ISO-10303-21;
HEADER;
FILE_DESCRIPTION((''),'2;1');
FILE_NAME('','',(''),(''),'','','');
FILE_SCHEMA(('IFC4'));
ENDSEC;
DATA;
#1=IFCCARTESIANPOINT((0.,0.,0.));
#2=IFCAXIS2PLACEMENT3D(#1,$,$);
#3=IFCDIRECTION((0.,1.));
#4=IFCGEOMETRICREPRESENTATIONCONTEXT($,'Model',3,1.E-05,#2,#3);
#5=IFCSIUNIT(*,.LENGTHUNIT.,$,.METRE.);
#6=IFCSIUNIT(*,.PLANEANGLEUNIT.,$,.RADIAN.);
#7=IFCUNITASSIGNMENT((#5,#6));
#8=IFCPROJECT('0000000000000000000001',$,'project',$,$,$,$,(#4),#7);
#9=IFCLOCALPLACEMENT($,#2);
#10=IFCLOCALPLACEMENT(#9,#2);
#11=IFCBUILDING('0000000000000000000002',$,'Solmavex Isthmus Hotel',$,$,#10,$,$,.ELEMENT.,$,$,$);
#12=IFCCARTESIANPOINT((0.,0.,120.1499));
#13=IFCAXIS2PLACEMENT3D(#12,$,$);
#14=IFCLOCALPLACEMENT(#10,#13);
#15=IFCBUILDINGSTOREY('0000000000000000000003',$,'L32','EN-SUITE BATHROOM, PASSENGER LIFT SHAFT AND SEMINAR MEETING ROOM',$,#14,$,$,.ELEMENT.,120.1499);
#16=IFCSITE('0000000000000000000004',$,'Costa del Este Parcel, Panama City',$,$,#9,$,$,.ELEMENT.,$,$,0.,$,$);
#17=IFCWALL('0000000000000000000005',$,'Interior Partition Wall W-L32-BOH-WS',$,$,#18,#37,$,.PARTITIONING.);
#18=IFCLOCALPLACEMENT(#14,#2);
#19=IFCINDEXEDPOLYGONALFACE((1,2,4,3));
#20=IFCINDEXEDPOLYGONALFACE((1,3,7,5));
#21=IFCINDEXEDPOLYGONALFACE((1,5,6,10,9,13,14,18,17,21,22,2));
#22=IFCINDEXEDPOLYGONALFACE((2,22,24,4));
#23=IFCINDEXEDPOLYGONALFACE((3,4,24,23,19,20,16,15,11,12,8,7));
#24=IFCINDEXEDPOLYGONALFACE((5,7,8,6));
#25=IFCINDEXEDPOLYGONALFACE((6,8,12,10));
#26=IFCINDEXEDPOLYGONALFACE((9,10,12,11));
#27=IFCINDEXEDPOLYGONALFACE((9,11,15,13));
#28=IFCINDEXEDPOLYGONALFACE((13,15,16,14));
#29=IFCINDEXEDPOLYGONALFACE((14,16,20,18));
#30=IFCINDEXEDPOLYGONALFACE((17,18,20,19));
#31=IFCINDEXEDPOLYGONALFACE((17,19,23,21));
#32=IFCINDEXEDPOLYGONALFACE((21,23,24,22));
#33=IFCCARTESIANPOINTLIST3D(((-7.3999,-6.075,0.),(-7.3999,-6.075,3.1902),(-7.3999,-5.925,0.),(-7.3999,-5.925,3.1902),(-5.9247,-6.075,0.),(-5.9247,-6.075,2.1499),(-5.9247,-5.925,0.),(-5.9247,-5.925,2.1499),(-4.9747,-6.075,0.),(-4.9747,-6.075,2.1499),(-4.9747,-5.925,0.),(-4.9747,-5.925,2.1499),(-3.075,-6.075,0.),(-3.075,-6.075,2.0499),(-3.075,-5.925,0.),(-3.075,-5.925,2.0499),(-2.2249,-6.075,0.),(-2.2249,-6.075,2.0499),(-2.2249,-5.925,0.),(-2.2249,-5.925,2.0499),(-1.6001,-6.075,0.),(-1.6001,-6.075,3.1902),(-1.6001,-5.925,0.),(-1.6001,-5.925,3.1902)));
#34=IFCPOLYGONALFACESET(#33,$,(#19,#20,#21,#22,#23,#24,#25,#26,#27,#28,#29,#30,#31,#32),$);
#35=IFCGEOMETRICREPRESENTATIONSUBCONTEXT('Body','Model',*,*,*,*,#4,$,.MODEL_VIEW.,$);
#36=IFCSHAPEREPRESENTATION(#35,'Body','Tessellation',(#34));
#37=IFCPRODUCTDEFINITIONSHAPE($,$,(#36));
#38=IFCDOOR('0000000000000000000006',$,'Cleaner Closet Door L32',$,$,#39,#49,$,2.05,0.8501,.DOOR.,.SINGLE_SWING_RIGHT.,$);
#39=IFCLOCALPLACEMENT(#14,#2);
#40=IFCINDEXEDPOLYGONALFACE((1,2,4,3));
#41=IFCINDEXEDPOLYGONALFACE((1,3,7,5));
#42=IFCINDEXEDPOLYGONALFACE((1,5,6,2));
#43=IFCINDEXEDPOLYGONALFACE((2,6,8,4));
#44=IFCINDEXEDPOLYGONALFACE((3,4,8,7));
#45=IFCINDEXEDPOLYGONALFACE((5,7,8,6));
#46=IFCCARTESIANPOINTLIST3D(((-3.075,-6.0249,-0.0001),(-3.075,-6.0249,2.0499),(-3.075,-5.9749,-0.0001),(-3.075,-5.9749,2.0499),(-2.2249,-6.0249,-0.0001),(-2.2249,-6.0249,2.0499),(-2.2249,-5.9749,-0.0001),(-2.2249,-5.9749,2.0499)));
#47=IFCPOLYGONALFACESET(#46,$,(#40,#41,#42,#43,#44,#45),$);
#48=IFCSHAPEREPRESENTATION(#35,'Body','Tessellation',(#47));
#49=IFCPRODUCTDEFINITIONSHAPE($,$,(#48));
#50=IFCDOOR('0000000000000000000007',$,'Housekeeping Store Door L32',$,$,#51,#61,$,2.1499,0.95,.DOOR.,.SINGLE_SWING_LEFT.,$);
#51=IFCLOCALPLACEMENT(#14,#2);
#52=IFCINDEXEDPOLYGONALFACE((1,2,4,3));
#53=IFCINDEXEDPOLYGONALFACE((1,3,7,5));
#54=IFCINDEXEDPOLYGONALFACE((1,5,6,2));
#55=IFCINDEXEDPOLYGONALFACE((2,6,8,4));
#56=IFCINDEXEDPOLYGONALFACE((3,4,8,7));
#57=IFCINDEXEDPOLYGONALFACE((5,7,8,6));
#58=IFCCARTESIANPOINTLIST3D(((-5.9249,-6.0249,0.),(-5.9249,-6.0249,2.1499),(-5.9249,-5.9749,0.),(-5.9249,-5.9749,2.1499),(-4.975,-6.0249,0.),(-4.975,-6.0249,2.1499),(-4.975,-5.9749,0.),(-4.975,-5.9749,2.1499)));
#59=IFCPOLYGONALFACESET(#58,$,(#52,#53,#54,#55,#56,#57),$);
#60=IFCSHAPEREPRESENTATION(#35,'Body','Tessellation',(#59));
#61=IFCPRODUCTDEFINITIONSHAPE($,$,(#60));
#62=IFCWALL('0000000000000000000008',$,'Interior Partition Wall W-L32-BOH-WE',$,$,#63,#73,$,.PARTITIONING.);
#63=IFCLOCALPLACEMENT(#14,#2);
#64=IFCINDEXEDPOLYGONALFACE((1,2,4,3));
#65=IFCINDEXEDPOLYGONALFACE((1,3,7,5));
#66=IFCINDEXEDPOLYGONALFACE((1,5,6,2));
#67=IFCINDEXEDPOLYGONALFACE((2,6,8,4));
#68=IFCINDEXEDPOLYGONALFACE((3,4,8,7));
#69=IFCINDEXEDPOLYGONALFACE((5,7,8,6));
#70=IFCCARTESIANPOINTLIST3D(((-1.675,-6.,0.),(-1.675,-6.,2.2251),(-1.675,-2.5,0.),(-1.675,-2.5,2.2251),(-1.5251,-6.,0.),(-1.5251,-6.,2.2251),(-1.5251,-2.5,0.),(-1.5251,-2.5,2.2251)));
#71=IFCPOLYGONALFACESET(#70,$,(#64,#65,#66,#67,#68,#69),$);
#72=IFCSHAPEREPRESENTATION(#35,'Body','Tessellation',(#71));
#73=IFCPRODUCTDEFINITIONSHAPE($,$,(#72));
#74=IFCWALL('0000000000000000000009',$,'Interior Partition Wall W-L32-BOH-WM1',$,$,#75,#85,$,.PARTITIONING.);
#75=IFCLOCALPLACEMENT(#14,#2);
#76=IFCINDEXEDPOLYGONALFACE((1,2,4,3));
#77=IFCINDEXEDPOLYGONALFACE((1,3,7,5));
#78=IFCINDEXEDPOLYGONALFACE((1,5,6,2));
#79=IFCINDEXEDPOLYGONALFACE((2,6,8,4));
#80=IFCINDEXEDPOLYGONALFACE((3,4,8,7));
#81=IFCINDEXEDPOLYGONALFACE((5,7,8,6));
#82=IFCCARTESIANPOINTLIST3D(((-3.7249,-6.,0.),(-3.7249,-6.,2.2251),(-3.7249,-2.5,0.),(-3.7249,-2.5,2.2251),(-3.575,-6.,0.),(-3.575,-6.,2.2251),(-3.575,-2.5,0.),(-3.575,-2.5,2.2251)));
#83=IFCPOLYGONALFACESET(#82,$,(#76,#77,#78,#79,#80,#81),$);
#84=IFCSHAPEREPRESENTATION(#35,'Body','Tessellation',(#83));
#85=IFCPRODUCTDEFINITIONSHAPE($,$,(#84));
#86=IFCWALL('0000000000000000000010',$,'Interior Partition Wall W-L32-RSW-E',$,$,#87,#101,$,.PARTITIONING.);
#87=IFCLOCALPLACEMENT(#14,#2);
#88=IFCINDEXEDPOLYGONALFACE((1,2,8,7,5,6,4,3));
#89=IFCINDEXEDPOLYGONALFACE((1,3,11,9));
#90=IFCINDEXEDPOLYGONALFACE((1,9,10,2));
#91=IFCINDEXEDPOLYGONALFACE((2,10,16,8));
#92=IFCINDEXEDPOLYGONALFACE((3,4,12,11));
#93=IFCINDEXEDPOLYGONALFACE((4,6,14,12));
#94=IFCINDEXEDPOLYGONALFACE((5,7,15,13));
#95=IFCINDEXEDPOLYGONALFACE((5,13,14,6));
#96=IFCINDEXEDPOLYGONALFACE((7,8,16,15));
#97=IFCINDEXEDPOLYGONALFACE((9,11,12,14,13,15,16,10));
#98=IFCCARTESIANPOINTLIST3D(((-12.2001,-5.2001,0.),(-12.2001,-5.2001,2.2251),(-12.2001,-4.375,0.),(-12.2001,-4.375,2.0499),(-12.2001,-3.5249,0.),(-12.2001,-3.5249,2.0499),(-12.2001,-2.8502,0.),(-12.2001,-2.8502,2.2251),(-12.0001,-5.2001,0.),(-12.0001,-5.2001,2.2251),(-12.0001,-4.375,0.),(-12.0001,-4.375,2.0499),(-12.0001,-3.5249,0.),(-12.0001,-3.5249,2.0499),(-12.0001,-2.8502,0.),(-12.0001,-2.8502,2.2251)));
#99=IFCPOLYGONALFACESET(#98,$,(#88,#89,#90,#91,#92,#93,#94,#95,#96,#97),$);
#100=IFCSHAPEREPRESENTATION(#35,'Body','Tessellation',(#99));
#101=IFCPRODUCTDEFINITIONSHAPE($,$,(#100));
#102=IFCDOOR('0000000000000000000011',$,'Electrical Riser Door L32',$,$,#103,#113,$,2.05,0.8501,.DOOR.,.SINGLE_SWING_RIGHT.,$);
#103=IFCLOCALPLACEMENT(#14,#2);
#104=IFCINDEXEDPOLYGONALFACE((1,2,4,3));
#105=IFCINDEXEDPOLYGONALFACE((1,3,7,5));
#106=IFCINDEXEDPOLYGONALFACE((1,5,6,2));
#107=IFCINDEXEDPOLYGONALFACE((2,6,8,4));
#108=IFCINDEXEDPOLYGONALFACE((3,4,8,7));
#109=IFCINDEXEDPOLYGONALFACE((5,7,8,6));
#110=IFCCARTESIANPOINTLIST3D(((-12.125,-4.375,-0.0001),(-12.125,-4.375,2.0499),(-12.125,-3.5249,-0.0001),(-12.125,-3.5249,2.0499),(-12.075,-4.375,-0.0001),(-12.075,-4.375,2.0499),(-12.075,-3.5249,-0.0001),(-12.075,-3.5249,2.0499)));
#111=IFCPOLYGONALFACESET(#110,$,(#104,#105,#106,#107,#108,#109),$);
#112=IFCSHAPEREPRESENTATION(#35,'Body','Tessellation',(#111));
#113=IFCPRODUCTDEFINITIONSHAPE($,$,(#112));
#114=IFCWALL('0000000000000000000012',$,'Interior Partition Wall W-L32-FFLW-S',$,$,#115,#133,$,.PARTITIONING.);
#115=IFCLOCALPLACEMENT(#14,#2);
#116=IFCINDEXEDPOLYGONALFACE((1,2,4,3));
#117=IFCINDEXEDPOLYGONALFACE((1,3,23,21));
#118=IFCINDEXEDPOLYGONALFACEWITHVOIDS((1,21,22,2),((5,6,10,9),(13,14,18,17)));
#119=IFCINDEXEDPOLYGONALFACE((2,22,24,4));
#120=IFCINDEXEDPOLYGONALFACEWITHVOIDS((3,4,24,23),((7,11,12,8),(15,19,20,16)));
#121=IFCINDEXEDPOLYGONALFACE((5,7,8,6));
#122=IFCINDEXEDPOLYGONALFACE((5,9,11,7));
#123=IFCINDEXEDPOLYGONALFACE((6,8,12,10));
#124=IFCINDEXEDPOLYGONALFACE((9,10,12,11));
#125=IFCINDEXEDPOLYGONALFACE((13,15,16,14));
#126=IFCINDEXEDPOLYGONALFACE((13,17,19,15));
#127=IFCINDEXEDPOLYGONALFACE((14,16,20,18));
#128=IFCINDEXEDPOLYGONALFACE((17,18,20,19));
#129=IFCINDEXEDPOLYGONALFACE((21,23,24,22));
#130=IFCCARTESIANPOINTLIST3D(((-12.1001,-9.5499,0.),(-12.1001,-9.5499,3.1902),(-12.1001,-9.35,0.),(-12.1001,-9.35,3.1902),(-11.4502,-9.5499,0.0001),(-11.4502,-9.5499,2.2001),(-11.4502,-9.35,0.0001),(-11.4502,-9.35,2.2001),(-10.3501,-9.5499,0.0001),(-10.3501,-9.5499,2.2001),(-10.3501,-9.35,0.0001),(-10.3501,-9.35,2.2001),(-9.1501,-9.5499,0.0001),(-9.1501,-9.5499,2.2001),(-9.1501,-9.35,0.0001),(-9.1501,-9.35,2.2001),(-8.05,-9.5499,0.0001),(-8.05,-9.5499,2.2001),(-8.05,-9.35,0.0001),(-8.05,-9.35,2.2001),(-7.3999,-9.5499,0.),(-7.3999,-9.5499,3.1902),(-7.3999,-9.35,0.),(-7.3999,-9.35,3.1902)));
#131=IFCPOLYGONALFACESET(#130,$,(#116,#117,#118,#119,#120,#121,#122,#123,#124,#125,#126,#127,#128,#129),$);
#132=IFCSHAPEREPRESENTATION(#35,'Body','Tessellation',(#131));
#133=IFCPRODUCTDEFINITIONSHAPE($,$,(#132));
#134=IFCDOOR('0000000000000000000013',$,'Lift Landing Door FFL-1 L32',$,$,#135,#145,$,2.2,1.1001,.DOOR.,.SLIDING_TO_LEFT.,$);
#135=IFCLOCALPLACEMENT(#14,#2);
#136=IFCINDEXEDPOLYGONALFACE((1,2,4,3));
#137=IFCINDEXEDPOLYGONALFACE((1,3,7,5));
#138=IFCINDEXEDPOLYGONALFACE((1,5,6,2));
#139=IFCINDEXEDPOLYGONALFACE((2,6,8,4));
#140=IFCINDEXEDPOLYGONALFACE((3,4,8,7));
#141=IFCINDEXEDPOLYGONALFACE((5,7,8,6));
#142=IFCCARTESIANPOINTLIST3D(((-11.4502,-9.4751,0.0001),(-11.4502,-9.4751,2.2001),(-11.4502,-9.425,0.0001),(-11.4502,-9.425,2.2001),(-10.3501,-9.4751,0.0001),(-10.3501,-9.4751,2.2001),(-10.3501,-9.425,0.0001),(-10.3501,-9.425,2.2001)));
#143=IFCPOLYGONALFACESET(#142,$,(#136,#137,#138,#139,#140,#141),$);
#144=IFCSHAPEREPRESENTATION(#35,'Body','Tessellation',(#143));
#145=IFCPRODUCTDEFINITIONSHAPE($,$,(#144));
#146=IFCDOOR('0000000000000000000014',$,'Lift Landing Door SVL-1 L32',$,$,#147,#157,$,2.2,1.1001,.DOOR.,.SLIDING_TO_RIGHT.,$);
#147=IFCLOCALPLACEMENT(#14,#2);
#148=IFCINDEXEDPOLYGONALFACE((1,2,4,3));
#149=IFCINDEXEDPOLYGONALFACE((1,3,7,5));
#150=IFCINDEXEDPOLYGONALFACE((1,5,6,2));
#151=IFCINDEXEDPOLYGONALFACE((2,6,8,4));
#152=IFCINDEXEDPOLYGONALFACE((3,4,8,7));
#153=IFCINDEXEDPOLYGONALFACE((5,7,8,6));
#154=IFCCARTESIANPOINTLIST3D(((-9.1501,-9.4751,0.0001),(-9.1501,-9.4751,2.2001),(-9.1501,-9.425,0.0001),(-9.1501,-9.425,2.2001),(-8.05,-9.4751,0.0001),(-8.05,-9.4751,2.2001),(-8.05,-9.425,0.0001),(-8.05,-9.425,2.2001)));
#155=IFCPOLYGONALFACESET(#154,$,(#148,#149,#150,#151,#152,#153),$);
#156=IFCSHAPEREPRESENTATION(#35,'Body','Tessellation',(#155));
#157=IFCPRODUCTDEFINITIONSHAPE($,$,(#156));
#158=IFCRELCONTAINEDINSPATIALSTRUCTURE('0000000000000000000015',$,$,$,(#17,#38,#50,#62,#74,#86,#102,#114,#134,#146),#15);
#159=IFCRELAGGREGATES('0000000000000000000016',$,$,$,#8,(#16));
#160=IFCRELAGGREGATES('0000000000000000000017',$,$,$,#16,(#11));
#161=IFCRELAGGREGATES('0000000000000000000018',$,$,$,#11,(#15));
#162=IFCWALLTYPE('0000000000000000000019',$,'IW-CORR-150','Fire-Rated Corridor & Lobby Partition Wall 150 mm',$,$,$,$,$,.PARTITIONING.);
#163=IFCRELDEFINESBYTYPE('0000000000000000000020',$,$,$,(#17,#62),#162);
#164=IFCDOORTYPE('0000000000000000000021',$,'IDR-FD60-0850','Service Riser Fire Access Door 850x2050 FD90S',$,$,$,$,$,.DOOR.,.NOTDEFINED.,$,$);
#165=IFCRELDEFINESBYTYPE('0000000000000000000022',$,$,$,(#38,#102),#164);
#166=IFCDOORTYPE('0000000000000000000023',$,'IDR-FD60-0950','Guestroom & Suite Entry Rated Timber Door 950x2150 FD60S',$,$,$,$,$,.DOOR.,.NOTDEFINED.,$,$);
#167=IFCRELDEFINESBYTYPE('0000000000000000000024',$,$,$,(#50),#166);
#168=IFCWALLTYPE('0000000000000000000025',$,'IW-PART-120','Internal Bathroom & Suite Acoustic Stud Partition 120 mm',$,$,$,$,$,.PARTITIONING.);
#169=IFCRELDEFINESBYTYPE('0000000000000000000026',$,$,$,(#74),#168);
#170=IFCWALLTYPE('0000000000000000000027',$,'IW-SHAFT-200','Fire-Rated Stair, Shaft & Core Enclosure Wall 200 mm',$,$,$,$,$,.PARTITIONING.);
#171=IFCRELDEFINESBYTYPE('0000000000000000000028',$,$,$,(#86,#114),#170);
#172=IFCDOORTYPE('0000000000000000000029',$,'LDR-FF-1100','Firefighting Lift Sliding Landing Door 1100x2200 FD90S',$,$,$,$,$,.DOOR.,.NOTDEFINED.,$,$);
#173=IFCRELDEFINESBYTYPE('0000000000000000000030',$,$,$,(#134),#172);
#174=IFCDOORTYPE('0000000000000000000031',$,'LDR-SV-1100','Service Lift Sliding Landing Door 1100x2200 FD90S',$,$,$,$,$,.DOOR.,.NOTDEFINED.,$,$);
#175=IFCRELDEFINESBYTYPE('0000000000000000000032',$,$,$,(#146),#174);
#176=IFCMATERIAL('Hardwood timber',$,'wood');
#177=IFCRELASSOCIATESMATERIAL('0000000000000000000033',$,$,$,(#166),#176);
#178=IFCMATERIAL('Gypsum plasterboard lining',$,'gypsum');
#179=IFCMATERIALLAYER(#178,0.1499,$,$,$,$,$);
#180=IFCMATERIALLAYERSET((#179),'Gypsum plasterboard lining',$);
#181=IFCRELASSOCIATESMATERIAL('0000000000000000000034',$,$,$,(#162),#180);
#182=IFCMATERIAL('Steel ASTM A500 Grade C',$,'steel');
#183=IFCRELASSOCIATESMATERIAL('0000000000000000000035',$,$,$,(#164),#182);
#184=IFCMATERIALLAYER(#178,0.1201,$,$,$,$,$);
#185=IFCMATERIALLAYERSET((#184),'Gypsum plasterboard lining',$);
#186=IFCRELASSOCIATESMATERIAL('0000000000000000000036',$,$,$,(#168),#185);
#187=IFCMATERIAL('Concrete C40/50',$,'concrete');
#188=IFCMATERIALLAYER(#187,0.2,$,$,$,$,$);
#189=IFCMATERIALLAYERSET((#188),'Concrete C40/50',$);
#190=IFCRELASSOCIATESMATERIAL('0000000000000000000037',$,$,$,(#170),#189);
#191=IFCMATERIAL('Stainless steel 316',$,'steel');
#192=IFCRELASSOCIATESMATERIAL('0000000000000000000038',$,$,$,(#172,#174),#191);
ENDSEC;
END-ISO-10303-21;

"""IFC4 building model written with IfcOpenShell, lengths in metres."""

from ifc_helpers import new_model, si_unit, direction, frame, frame_2d, origin, place, context, subcontext, project, spatial, rectangle, extrude, material, layer, layer_set, type_object, element, fill, save


model = new_model("IFC4")

# Units and contexts
model_context = context("Model", 3, precision=1e-05, world=origin(), true_north=direction((0.0, 1.0)))
body_context = subcontext(model_context, "Body", "Model", "MODEL_VIEW")
ifc_project = project(units=[si_unit("LENGTHUNIT", "METRE"), si_unit("PLANEANGLEUNIT", "RADIAN")], contexts=[model_context])

# Site, building, storey
site_placement = place(None, origin())
site = spatial("IfcSite", under=ifc_project, at=site_placement, Name="Costa del Este Parcel, Panama City", CompositionType="ELEMENT", RefElevation=0.0)
building_placement = place(site_placement, origin())
building = spatial("IfcBuilding", under=site, at=building_placement, Name="Solmavex Isthmus Hotel", CompositionType="ELEMENT")
storey_placement = place(building_placement, frame((0.0, 0.0, 120.1499)))
storey = spatial("IfcBuildingStorey", under=building, at=storey_placement, Name="L32", Description="EN-SUITE BATHROOM, PASSENGER LIFT SHAFT AND SEMINAR MEETING ROOM", CompositionType="ELEMENT", Elevation=120.1499)

# Shared definitions
ifc_material_1 = material(Name="Gypsum plasterboard lining", Category="gypsum")
ifc_material_2 = material(Name="Hardwood timber", Category="wood")
door_type_1 = type_object("IfcDoorType", Name="IDR-FD60-0950", Description="Guestroom & Suite Entry Rated Timber Door 950x2150 FD60S", OperationType="NOTDEFINED", PredefinedType="DOOR", material=ifc_material_2)

# Wall, openings, doors
ifc_layer_1 = layer(ifc_material_1, 0.1499)
ifc_layer_set_1 = layer_set([ifc_layer_1], Name="Gypsum plasterboard lining")
wall_type_1 = type_object("IfcWallType", Name="IW-CORR-150", Description="Fire-Rated Corridor & Lobby Partition Wall 150 mm", PredefinedType="PARTITIONING", material=ifc_layer_set_1)
wall_1_placement = place(storey_placement, frame((-7.3999, -6.0, 0.0), z_axis=(0.0, 0.0, 1.0), x_axis=(1.0, 0.0, 0.0)))
wall_1 = element("IfcWall", 1, at=wall_1_placement, inside=storey, type_object=wall_type_1, Name="Interior Partition Wall W-L32-BOH-WS", PredefinedType="PARTITIONING", context=body_context, shape_type="SweptSolid", body=[
    extrude(rectangle(XDim=5.7998, YDim=0.1499, at=frame_2d((2.8999, 0.0))), origin(), (0.0, 0.0, 1.0), 3.1902),
])
opening_1_placement = place(wall_1_placement, frame((1.4751, 0.0, 0.0)))
opening_1 = element("IfcOpeningElement", 2, at=opening_1_placement, cuts=wall_1, PredefinedType="OPENING", context=body_context, shape_type="SweptSolid", body=[
    extrude(rectangle(XDim=0.95, YDim=2.1499, at=frame_2d((0.4751, 1.075))), frame((0.0, 0.085, 0.0), z_axis=(0.0, -1.0, 0.0), x_axis=(1.0, 0.0, 0.0)), (0.0, 0.0, 1.0), 0.1699),
])
opening_2_placement = place(wall_1_placement, frame((4.325, 0.0, 0.0)))
opening_2 = element("IfcOpeningElement", 3, at=opening_2_placement, cuts=wall_1, PredefinedType="OPENING", context=body_context, shape_type="SweptSolid", body=[
    extrude(rectangle(XDim=0.8501, YDim=2.05, at=frame_2d((0.425, 1.0249))), frame((0.0, 0.085, 0.0), z_axis=(0.0, -1.0, 0.0), x_axis=(1.0, 0.0, 0.0)), (0.0, 0.0, 1.0), 0.1699),
])
ifc_material_3 = material(Name="Steel ASTM A500 Grade C", Category="steel")
door_type_2 = type_object("IfcDoorType", Name="IDR-FD60-0850", Description="Service Riser Fire Access Door 850x2050 FD90S", OperationType="NOTDEFINED", PredefinedType="DOOR", material=ifc_material_3)
door_1_placement = place(opening_2_placement, frame((0.8501, 0.0, 0.0), z_axis=(0.0, 0.0, 1.0), x_axis=(-1.0, 0.0, 0.0)))
door_1 = element("IfcDoor", 4, at=door_1_placement, inside=storey, type_object=door_type_2, Name="Cleaner Closet Door L32", OperationType="SINGLE_SWING_RIGHT", OverallHeight=2.05, OverallWidth=0.8501, PredefinedType="DOOR", context=body_context, shape_type="SweptSolid", body=[
    extrude(rectangle(XDim=0.8501, YDim=2.05, at=frame_2d((0.425, 1.0249))), frame((0.0, 0.0249, 0.0), z_axis=(0.0, -1.0, 0.0), x_axis=(1.0, 0.0, 0.0)), (0.0, 0.0, 1.0), 0.05),
])
fill(opening_2, door_1)
door_2_placement = place(opening_1_placement, frame((0.95, 0.0, 0.0), z_axis=(0.0, 0.0, 1.0), x_axis=(-1.0, 0.0, 0.0)))
door_2 = element("IfcDoor", 5, at=door_2_placement, inside=storey, type_object=door_type_1, Name="Housekeeping Store Door L32", OperationType="SINGLE_SWING_LEFT", OverallHeight=2.1499, OverallWidth=0.95, PredefinedType="DOOR", context=body_context, shape_type="SweptSolid", body=[
    extrude(rectangle(XDim=0.95, YDim=2.1499, at=frame_2d((0.4751, 1.075))), frame((0.0, 0.0249, 0.0), z_axis=(0.0, -1.0, 0.0), x_axis=(1.0, 0.0, 0.0)), (0.0, 0.0, 1.0), 0.05),
])
fill(opening_1, door_2)

# Wall
wall_2_placement = place(storey_placement, frame((-1.6001, -6.0, 0.0), z_axis=(0.0, 0.0, 1.0), x_axis=(0.0, 1.0, 0.0)))
element("IfcWall", 6, at=wall_2_placement, inside=storey, type_object=wall_type_1, Name="Interior Partition Wall W-L32-BOH-WE", PredefinedType="PARTITIONING", context=body_context, shape_type="SweptSolid", body=[
    extrude(rectangle(XDim=3.5, YDim=0.1499, at=frame_2d((1.75, 0.0))), origin(), (0.0, 0.0, 1.0), 2.2251),
])

# Wall
ifc_layer_2 = layer(ifc_material_1, 0.1201)
ifc_layer_set_2 = layer_set([ifc_layer_2], Name="Gypsum plasterboard lining")
wall_type_2 = type_object("IfcWallType", Name="IW-PART-120", Description="Internal Bathroom & Suite Acoustic Stud Partition 120 mm", PredefinedType="PARTITIONING", material=ifc_layer_set_2)
wall_3_placement = place(storey_placement, frame((-3.6499, -6.0, 0.0), z_axis=(0.0, 0.0, 1.0), x_axis=(0.0, 1.0, 0.0)))
element("IfcWall", 7, at=wall_3_placement, inside=storey, type_object=wall_type_2, Name="Interior Partition Wall W-L32-BOH-WM1", PredefinedType="PARTITIONING", context=body_context, shape_type="SweptSolid", body=[
    extrude(rectangle(XDim=3.5, YDim=0.1499, at=frame_2d((1.75, 0.0))), origin(), (0.0, 0.0, 1.0), 2.2251),
])

# Wall, opening, door
ifc_material_4 = material(Name="Concrete C40/50", Category="concrete")
ifc_layer_3 = layer(ifc_material_4, 0.2)
ifc_layer_set_3 = layer_set([ifc_layer_3], Name="Concrete C40/50")
wall_type_3 = type_object("IfcWallType", Name="IW-SHAFT-200", Description="Fire-Rated Stair, Shaft & Core Enclosure Wall 200 mm", PredefinedType="PARTITIONING", material=ifc_layer_set_3)
wall_4_placement = place(storey_placement, frame((-12.1001, -5.2, 0.0), z_axis=(0.0, 0.0, 1.0), x_axis=(0.0, 1.0, 0.0)))
wall_4 = element("IfcWall", 8, at=wall_4_placement, inside=storey, type_object=wall_type_3, Name="Interior Partition Wall W-L32-RSW-E", PredefinedType="PARTITIONING", context=body_context, shape_type="SweptSolid", body=[
    extrude(rectangle(XDim=2.3499, YDim=0.2, at=frame_2d((1.1748, 0.0))), origin(), (0.0, 0.0, 1.0), 2.2251),
])
opening_3_placement = place(wall_4_placement, frame((0.825, 0.0, 0.0)))
opening_3 = element("IfcOpeningElement", 9, at=opening_3_placement, cuts=wall_4, PredefinedType="OPENING", context=body_context, shape_type="SweptSolid", body=[
    extrude(rectangle(XDim=0.8501, YDim=2.05, at=frame_2d((0.425, 1.0249))), frame((0.0, 0.1099, 0.0), z_axis=(0.0, -1.0, 0.0), x_axis=(1.0, 0.0, 0.0)), (0.0, 0.0, 1.0), 0.22),
])
door_3_placement = place(opening_3_placement, origin())
door_3 = element("IfcDoor", 10, at=door_3_placement, inside=storey, type_object=door_type_2, Name="Electrical Riser Door L32", OperationType="SINGLE_SWING_RIGHT", OverallHeight=2.05, OverallWidth=0.8501, PredefinedType="DOOR", context=body_context, shape_type="SweptSolid", body=[
    extrude(rectangle(XDim=0.8501, YDim=2.05, at=frame_2d((0.425, 1.0249))), frame((0.0, 0.0249, 0.0), z_axis=(0.0, -1.0, 0.0), x_axis=(1.0, 0.0, 0.0)), (0.0, 0.0, 1.0), 0.05),
])
fill(opening_3, door_3)

# Wall, openings, doors
wall_5_placement = place(storey_placement, frame((-12.1001, -9.45, 0.0), z_axis=(0.0, 0.0, 1.0), x_axis=(1.0, 0.0, 0.0)))
wall_5 = element("IfcWall", 11, at=wall_5_placement, inside=storey, type_object=wall_type_3, Name="Interior Partition Wall W-L32-FFLW-S", PredefinedType="PARTITIONING", context=body_context, shape_type="SweptSolid", body=[
    extrude(rectangle(XDim=4.7002, YDim=0.2, at=frame_2d((2.3501, 0.0))), origin(), (0.0, 0.0, 1.0), 3.1902),
])
opening_4_placement = place(wall_5_placement, frame((0.6499, 0.0, 0.0)))
opening_4 = element("IfcOpeningElement", 12, at=opening_4_placement, cuts=wall_5, PredefinedType="OPENING", context=body_context, shape_type="SweptSolid", body=[
    extrude(rectangle(XDim=1.1001, YDim=2.2, at=frame_2d((0.55, 1.1001))), frame((0.0, 0.1099, 0.0), z_axis=(0.0, -1.0, 0.0), x_axis=(1.0, 0.0, 0.0)), (0.0, 0.0, 1.0), 0.22),
])
opening_5_placement = place(wall_5_placement, frame((2.95, 0.0, 0.0)))
opening_5 = element("IfcOpeningElement", 13, at=opening_5_placement, cuts=wall_5, PredefinedType="OPENING", context=body_context, shape_type="SweptSolid", body=[
    extrude(rectangle(XDim=1.1001, YDim=2.2, at=frame_2d((0.55, 1.1001))), frame((0.0, 0.1099, 0.0), z_axis=(0.0, -1.0, 0.0), x_axis=(1.0, 0.0, 0.0)), (0.0, 0.0, 1.0), 0.22),
])
ifc_material_5 = material(Name="Stainless steel 316", Category="steel")
door_type_3 = type_object("IfcDoorType", Name="LDR-FF-1100", Description="Firefighting Lift Sliding Landing Door 1100x2200 FD90S", OperationType="NOTDEFINED", PredefinedType="DOOR", material=ifc_material_5)
door_4_placement = place(opening_4_placement, origin())
door_4 = element("IfcDoor", 14, at=door_4_placement, inside=storey, type_object=door_type_3, Name="Lift Landing Door FFL-1 L32", OperationType="SLIDING_TO_LEFT", OverallHeight=2.2, OverallWidth=1.1001, PredefinedType="DOOR", context=body_context, shape_type="SweptSolid", body=[
    extrude(rectangle(XDim=1.1001, YDim=2.2, at=frame_2d((0.55, 1.1001))), frame((0.0, 0.0249, 0.0), z_axis=(0.0, -1.0, 0.0), x_axis=(1.0, 0.0, 0.0)), (0.0, 0.0, 1.0), 0.05),
])
fill(opening_4, door_4)
door_type_4 = type_object("IfcDoorType", Name="LDR-SV-1100", Description="Service Lift Sliding Landing Door 1100x2200 FD90S", OperationType="NOTDEFINED", PredefinedType="DOOR", material=ifc_material_5)
door_5_placement = place(opening_5_placement, origin())
door_5 = element("IfcDoor", 15, at=door_5_placement, inside=storey, type_object=door_type_4, Name="Lift Landing Door SVL-1 L32", OperationType="SLIDING_TO_RIGHT", OverallHeight=2.2, OverallWidth=1.1001, PredefinedType="DOOR", context=body_context, shape_type="SweptSolid", body=[
    extrude(rectangle(XDim=1.1001, YDim=2.2, at=frame_2d((0.55, 1.1001))), frame((0.0, 0.0249, 0.0), z_axis=(0.0, -1.0, 0.0), x_axis=(1.0, 0.0, 0.0)), (0.0, 0.0, 1.0), 0.05),
])
fill(opening_5, door_5)

save(model, "model.ifc")
